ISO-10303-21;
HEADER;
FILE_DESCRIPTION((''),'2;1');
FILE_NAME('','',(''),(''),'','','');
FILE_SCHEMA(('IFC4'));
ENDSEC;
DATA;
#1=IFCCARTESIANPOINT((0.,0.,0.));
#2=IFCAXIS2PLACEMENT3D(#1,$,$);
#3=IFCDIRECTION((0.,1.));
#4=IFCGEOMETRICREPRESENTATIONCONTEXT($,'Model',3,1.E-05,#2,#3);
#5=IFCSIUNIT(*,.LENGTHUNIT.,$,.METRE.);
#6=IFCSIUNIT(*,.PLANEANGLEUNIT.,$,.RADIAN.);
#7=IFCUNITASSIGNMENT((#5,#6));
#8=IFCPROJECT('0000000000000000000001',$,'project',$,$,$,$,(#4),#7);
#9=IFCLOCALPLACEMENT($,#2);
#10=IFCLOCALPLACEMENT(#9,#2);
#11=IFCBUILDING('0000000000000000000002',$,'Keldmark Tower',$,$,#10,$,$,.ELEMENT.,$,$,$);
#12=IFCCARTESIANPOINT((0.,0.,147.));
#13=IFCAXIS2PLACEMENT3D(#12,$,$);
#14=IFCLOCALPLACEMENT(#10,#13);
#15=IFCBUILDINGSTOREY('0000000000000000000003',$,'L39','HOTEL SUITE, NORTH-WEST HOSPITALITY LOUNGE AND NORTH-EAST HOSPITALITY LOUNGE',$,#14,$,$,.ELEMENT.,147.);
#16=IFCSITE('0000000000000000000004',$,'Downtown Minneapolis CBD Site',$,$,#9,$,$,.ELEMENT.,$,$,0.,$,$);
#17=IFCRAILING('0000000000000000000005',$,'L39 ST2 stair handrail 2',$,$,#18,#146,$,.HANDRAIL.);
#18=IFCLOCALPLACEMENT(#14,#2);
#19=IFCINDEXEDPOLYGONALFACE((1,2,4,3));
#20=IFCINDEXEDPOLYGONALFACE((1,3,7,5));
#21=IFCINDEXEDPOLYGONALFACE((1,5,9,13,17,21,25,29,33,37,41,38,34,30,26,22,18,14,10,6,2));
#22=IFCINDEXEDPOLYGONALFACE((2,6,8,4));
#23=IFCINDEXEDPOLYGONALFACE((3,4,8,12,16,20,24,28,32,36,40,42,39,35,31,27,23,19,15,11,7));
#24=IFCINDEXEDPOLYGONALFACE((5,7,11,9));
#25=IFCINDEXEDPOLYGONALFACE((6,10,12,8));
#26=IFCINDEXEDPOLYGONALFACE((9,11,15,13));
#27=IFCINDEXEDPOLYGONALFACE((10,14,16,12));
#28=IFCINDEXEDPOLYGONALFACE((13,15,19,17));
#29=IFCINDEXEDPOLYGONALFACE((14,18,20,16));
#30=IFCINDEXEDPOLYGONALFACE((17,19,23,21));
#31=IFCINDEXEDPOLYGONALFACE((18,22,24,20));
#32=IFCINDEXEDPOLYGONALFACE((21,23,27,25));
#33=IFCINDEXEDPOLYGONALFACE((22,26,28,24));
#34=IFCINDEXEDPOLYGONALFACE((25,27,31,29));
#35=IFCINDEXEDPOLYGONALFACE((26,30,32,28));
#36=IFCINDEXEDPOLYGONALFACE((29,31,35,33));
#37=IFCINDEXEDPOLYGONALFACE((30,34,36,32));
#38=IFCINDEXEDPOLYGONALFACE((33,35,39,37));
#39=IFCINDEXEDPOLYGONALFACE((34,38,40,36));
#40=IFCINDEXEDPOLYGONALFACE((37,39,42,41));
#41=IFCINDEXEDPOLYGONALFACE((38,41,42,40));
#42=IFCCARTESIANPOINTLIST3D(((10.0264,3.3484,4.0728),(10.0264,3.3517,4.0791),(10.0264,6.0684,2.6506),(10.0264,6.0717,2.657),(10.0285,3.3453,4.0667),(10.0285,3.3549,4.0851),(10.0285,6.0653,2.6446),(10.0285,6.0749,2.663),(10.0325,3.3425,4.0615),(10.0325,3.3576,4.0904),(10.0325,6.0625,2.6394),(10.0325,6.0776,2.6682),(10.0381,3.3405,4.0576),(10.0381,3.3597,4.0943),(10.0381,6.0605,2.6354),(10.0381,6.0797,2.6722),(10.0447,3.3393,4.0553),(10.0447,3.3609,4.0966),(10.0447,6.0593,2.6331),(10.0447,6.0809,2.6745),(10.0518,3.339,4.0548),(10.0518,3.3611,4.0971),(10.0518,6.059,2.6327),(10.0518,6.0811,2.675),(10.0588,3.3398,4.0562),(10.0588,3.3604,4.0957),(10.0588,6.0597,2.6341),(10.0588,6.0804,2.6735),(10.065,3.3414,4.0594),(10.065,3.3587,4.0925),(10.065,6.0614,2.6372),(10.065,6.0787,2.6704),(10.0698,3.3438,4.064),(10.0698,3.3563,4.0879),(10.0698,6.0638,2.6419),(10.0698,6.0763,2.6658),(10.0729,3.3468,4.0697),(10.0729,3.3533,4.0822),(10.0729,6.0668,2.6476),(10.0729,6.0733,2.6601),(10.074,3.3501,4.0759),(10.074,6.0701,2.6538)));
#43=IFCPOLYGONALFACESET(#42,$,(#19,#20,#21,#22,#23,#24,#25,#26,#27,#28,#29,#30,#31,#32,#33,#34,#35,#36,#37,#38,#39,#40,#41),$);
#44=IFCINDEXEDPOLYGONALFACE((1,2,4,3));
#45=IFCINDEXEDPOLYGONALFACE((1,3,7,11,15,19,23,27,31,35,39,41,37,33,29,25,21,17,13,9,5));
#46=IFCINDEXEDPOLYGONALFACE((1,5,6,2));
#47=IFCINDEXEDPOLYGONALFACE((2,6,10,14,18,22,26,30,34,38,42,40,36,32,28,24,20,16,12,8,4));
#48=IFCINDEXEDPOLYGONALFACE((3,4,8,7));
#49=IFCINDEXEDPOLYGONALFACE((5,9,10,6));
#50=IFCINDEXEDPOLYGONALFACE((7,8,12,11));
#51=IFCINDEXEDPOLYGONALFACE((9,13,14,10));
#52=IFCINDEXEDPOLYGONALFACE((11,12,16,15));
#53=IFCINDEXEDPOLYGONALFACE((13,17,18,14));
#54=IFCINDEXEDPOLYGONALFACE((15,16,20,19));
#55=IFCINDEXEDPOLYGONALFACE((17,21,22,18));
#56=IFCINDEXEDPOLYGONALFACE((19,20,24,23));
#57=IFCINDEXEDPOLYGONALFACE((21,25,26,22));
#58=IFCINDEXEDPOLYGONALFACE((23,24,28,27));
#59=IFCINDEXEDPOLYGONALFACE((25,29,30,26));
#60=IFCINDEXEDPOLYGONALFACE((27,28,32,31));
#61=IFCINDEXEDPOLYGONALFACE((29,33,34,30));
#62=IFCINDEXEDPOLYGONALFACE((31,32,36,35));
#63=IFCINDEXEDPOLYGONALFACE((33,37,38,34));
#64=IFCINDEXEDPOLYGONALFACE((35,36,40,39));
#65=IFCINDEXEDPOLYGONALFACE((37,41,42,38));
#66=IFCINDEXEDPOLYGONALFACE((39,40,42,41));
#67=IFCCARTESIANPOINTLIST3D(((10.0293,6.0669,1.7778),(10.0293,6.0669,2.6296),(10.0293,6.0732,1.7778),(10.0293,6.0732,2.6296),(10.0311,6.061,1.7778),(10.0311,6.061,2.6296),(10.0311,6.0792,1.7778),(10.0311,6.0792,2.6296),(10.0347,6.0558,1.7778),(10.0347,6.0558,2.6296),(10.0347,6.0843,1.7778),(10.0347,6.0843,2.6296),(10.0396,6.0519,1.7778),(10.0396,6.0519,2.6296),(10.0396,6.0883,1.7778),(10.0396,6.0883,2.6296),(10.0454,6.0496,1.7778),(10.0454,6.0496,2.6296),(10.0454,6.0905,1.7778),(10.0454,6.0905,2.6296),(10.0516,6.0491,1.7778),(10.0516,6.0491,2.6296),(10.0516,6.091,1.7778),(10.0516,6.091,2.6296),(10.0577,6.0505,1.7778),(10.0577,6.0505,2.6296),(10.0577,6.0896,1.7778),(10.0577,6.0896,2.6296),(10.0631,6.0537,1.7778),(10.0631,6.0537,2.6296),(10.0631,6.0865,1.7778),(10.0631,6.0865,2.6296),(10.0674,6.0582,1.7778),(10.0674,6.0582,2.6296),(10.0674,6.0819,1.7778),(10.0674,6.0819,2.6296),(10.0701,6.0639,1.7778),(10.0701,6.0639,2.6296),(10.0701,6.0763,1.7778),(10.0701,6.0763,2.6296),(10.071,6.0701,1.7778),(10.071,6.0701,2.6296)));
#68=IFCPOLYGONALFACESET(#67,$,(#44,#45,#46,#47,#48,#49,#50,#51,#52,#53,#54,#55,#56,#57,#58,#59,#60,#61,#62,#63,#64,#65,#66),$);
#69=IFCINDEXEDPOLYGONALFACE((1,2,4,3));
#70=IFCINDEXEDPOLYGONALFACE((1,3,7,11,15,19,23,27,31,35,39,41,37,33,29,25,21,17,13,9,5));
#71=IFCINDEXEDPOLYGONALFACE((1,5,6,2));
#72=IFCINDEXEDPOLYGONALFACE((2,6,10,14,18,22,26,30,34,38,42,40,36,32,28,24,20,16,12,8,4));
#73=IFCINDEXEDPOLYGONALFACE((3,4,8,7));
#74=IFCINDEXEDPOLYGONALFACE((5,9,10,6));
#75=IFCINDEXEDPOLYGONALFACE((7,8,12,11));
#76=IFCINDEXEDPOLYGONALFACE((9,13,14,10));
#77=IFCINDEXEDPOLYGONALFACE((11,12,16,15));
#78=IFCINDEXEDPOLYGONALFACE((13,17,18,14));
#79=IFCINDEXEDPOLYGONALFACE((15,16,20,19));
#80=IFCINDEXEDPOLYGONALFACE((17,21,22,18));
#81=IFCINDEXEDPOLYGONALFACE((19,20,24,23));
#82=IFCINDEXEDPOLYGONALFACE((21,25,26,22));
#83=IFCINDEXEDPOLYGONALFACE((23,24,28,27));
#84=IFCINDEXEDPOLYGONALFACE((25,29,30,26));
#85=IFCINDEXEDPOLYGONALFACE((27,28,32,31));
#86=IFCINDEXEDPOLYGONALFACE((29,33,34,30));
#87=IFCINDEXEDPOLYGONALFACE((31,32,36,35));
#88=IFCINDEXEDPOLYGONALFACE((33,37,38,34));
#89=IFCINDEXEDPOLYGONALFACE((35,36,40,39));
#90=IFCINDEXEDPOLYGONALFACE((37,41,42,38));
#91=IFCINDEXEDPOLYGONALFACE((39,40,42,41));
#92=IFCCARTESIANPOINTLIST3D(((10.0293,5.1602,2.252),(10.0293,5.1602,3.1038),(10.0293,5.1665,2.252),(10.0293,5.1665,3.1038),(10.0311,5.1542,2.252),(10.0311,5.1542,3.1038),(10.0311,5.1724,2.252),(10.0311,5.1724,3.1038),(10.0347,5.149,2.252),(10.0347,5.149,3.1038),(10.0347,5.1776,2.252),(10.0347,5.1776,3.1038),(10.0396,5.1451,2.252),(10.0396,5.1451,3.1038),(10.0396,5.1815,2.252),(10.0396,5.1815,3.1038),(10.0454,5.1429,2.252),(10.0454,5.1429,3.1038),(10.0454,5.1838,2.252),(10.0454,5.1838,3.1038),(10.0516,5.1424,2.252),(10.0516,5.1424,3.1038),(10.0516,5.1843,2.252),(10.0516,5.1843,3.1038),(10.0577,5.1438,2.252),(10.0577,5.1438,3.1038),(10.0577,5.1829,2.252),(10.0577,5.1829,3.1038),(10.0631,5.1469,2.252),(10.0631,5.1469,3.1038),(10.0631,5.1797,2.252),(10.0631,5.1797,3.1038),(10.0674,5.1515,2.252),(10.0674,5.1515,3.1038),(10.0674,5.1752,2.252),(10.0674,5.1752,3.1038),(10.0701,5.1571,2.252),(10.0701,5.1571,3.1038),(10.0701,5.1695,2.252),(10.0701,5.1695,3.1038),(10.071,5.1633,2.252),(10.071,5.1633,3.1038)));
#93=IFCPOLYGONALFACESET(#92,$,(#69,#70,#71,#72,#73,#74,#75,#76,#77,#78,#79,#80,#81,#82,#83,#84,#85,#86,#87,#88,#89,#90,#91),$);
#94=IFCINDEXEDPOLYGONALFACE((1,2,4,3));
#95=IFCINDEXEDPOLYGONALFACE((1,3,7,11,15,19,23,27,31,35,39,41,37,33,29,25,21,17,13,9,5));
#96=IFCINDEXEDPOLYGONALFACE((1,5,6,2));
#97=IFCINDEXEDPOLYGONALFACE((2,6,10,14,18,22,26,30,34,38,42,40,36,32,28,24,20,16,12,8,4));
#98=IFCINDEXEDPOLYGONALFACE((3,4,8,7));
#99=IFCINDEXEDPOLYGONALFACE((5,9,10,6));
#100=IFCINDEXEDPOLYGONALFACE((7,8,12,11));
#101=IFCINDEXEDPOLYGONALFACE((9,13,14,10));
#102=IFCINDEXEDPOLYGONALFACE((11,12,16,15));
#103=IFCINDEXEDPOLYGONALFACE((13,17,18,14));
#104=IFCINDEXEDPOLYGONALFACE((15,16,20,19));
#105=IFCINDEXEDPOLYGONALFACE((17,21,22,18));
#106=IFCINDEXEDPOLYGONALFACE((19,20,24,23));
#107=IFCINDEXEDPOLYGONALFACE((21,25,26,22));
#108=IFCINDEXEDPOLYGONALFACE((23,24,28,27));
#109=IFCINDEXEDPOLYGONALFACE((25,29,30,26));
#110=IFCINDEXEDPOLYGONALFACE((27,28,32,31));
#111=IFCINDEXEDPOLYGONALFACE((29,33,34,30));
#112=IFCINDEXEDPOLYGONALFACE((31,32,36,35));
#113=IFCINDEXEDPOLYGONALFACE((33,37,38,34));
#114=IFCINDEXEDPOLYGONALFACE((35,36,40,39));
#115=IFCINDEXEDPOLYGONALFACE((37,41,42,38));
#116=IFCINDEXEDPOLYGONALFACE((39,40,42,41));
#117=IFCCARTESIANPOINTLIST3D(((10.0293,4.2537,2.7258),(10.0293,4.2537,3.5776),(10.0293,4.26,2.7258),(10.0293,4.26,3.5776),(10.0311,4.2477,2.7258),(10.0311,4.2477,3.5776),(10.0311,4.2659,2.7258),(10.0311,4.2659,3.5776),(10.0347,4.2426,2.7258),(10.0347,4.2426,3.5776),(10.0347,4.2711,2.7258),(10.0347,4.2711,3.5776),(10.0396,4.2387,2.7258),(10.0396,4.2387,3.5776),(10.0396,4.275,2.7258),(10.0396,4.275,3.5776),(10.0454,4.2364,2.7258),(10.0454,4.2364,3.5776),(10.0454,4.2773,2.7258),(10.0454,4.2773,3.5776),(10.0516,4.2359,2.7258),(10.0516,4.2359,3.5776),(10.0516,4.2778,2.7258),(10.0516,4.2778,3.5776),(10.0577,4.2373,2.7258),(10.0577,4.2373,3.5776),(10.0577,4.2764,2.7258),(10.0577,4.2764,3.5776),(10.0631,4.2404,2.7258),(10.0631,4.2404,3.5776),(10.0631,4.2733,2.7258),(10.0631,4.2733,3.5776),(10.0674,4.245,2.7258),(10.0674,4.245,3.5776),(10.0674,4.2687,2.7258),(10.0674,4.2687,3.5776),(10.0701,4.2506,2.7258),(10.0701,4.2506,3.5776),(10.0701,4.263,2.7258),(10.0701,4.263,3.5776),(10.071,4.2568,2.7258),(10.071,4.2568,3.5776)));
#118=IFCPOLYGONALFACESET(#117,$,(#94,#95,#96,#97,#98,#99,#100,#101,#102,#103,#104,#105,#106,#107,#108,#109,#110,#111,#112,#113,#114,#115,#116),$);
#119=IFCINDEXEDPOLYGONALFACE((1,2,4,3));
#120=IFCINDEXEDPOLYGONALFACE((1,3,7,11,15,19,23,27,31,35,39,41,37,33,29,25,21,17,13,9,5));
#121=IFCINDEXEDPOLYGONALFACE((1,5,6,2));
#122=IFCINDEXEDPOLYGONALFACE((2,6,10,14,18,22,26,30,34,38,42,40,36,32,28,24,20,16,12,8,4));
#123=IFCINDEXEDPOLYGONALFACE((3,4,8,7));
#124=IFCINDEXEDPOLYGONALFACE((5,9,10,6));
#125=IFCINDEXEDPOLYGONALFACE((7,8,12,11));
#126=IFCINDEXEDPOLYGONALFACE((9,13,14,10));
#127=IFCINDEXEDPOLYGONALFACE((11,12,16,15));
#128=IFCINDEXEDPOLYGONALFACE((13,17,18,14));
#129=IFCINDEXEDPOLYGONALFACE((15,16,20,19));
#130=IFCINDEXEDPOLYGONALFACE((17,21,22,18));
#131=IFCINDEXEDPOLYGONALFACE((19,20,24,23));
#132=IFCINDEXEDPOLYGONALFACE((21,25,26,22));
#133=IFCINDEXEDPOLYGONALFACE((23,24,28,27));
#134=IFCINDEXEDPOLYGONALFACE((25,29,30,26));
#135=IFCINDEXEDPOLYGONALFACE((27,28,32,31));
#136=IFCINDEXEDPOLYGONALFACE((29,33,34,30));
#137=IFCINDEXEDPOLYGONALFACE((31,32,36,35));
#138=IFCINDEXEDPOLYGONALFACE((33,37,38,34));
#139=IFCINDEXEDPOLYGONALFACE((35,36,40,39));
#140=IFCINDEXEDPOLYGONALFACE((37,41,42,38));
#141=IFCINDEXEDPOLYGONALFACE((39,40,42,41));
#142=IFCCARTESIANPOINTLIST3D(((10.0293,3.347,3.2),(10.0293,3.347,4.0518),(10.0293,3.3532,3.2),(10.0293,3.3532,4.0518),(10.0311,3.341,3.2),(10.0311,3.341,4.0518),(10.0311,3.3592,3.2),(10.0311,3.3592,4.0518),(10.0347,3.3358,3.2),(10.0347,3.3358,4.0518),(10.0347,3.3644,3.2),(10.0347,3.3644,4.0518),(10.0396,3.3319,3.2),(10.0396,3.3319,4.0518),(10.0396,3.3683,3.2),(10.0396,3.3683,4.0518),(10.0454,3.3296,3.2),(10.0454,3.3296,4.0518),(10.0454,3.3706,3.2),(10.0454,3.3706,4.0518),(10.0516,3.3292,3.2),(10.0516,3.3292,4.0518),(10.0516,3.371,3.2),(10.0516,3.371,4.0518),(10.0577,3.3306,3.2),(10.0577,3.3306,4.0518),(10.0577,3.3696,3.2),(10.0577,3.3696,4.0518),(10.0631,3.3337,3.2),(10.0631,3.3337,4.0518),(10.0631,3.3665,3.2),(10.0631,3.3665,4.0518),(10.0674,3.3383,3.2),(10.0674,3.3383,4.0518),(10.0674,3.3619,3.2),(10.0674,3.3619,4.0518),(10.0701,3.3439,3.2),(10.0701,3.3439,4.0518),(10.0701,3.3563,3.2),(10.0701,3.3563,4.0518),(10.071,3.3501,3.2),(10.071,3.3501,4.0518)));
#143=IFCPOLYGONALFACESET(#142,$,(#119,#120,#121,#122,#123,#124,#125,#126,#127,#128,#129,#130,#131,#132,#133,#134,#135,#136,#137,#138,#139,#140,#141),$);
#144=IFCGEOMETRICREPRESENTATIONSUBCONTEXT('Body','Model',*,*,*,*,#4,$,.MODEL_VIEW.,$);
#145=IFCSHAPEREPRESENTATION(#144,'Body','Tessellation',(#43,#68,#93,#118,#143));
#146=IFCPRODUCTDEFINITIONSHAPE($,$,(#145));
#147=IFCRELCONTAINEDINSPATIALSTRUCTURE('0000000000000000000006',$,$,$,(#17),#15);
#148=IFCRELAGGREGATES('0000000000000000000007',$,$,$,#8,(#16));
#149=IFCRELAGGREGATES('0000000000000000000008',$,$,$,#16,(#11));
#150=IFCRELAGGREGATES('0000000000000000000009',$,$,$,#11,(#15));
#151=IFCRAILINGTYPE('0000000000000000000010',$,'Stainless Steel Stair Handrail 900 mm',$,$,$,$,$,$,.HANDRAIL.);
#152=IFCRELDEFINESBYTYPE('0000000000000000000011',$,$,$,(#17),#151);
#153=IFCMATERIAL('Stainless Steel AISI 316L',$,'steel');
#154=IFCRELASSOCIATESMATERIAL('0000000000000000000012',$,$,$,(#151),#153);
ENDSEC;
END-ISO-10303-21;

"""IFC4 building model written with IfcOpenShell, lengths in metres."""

from ifc_helpers import new_model, si_unit, direction, frame, origin, origin_2d, place, context, subcontext, project, spatial, circle, extrude, material, type_object, element, save


model = new_model("IFC4")

# Units and contexts
model_context = context("Model", 3, precision=1e-05, world=origin(), true_north=direction((0.0, 1.0)))
body_context = subcontext(model_context, "Body", "Model", "MODEL_VIEW")
ifc_project = project(units=[si_unit("LENGTHUNIT", "METRE"), si_unit("PLANEANGLEUNIT", "RADIAN")], contexts=[model_context])

# Site, building, storey
site_placement = place(None, origin())
site = spatial("IfcSite", under=ifc_project, at=site_placement, Name="Downtown Minneapolis CBD Site", CompositionType="ELEMENT", RefElevation=0.0)
building_placement = place(site_placement, origin())
building = spatial("IfcBuilding", under=site, at=building_placement, Name="Keldmark Tower", CompositionType="ELEMENT")
storey_placement = place(building_placement, frame((0.0, 0.0, 147.0)))
storey = spatial("IfcBuildingStorey", under=building, at=storey_placement, Name="L39", Description="HOTEL SUITE, NORTH-WEST HOSPITALITY LOUNGE AND NORTH-EAST HOSPITALITY LOUNGE", CompositionType="ELEMENT", Elevation=147.0)

# Railing
ifc_material_1 = material(Name="Stainless Steel AISI 316L", Category="steel")
railing_type_1 = type_object("IfcRailingType", Name="Stainless Steel Stair Handrail 900 mm", PredefinedType="HANDRAIL", material=ifc_material_1)
railing_1_placement = place(storey_placement, frame((10.05, 6.0701, 1.7778)))
element("IfcRailing", 1, at=railing_1_placement, inside=storey, type_object=railing_type_1, Name="L39 ST2 stair handrail 2", PredefinedType="HANDRAIL", context=body_context, shape_type="SweptSolid", body=[
    extrude(circle(Radius=0.0239, at=origin_2d()), frame((0.0, 0.0, 0.876), z_axis=(0.0, -0.886183, 0.463335), x_axis=(1.0, 0.0, 0.0)), (0.0, 0.0, 1.0), 3.0693),
    extrude(circle(Radius=0.021, at=origin_2d()), origin(), (0.0, 0.0, 1.0), 0.8518),
    extrude(circle(Radius=0.021, at=origin_2d()), frame((0.0, -0.9067, 0.4741)), (0.0, 0.0, 1.0), 0.8518),
    extrude(circle(Radius=0.021, at=origin_2d()), frame((0.0, -1.8132, 0.948)), (0.0, 0.0, 1.0), 0.8518),
    extrude(circle(Radius=0.021, at=origin_2d()), frame((0.0, -2.72, 1.4221)), (0.0, 0.0, 1.0), 0.8518),
])

save(model, "model.ifc")
